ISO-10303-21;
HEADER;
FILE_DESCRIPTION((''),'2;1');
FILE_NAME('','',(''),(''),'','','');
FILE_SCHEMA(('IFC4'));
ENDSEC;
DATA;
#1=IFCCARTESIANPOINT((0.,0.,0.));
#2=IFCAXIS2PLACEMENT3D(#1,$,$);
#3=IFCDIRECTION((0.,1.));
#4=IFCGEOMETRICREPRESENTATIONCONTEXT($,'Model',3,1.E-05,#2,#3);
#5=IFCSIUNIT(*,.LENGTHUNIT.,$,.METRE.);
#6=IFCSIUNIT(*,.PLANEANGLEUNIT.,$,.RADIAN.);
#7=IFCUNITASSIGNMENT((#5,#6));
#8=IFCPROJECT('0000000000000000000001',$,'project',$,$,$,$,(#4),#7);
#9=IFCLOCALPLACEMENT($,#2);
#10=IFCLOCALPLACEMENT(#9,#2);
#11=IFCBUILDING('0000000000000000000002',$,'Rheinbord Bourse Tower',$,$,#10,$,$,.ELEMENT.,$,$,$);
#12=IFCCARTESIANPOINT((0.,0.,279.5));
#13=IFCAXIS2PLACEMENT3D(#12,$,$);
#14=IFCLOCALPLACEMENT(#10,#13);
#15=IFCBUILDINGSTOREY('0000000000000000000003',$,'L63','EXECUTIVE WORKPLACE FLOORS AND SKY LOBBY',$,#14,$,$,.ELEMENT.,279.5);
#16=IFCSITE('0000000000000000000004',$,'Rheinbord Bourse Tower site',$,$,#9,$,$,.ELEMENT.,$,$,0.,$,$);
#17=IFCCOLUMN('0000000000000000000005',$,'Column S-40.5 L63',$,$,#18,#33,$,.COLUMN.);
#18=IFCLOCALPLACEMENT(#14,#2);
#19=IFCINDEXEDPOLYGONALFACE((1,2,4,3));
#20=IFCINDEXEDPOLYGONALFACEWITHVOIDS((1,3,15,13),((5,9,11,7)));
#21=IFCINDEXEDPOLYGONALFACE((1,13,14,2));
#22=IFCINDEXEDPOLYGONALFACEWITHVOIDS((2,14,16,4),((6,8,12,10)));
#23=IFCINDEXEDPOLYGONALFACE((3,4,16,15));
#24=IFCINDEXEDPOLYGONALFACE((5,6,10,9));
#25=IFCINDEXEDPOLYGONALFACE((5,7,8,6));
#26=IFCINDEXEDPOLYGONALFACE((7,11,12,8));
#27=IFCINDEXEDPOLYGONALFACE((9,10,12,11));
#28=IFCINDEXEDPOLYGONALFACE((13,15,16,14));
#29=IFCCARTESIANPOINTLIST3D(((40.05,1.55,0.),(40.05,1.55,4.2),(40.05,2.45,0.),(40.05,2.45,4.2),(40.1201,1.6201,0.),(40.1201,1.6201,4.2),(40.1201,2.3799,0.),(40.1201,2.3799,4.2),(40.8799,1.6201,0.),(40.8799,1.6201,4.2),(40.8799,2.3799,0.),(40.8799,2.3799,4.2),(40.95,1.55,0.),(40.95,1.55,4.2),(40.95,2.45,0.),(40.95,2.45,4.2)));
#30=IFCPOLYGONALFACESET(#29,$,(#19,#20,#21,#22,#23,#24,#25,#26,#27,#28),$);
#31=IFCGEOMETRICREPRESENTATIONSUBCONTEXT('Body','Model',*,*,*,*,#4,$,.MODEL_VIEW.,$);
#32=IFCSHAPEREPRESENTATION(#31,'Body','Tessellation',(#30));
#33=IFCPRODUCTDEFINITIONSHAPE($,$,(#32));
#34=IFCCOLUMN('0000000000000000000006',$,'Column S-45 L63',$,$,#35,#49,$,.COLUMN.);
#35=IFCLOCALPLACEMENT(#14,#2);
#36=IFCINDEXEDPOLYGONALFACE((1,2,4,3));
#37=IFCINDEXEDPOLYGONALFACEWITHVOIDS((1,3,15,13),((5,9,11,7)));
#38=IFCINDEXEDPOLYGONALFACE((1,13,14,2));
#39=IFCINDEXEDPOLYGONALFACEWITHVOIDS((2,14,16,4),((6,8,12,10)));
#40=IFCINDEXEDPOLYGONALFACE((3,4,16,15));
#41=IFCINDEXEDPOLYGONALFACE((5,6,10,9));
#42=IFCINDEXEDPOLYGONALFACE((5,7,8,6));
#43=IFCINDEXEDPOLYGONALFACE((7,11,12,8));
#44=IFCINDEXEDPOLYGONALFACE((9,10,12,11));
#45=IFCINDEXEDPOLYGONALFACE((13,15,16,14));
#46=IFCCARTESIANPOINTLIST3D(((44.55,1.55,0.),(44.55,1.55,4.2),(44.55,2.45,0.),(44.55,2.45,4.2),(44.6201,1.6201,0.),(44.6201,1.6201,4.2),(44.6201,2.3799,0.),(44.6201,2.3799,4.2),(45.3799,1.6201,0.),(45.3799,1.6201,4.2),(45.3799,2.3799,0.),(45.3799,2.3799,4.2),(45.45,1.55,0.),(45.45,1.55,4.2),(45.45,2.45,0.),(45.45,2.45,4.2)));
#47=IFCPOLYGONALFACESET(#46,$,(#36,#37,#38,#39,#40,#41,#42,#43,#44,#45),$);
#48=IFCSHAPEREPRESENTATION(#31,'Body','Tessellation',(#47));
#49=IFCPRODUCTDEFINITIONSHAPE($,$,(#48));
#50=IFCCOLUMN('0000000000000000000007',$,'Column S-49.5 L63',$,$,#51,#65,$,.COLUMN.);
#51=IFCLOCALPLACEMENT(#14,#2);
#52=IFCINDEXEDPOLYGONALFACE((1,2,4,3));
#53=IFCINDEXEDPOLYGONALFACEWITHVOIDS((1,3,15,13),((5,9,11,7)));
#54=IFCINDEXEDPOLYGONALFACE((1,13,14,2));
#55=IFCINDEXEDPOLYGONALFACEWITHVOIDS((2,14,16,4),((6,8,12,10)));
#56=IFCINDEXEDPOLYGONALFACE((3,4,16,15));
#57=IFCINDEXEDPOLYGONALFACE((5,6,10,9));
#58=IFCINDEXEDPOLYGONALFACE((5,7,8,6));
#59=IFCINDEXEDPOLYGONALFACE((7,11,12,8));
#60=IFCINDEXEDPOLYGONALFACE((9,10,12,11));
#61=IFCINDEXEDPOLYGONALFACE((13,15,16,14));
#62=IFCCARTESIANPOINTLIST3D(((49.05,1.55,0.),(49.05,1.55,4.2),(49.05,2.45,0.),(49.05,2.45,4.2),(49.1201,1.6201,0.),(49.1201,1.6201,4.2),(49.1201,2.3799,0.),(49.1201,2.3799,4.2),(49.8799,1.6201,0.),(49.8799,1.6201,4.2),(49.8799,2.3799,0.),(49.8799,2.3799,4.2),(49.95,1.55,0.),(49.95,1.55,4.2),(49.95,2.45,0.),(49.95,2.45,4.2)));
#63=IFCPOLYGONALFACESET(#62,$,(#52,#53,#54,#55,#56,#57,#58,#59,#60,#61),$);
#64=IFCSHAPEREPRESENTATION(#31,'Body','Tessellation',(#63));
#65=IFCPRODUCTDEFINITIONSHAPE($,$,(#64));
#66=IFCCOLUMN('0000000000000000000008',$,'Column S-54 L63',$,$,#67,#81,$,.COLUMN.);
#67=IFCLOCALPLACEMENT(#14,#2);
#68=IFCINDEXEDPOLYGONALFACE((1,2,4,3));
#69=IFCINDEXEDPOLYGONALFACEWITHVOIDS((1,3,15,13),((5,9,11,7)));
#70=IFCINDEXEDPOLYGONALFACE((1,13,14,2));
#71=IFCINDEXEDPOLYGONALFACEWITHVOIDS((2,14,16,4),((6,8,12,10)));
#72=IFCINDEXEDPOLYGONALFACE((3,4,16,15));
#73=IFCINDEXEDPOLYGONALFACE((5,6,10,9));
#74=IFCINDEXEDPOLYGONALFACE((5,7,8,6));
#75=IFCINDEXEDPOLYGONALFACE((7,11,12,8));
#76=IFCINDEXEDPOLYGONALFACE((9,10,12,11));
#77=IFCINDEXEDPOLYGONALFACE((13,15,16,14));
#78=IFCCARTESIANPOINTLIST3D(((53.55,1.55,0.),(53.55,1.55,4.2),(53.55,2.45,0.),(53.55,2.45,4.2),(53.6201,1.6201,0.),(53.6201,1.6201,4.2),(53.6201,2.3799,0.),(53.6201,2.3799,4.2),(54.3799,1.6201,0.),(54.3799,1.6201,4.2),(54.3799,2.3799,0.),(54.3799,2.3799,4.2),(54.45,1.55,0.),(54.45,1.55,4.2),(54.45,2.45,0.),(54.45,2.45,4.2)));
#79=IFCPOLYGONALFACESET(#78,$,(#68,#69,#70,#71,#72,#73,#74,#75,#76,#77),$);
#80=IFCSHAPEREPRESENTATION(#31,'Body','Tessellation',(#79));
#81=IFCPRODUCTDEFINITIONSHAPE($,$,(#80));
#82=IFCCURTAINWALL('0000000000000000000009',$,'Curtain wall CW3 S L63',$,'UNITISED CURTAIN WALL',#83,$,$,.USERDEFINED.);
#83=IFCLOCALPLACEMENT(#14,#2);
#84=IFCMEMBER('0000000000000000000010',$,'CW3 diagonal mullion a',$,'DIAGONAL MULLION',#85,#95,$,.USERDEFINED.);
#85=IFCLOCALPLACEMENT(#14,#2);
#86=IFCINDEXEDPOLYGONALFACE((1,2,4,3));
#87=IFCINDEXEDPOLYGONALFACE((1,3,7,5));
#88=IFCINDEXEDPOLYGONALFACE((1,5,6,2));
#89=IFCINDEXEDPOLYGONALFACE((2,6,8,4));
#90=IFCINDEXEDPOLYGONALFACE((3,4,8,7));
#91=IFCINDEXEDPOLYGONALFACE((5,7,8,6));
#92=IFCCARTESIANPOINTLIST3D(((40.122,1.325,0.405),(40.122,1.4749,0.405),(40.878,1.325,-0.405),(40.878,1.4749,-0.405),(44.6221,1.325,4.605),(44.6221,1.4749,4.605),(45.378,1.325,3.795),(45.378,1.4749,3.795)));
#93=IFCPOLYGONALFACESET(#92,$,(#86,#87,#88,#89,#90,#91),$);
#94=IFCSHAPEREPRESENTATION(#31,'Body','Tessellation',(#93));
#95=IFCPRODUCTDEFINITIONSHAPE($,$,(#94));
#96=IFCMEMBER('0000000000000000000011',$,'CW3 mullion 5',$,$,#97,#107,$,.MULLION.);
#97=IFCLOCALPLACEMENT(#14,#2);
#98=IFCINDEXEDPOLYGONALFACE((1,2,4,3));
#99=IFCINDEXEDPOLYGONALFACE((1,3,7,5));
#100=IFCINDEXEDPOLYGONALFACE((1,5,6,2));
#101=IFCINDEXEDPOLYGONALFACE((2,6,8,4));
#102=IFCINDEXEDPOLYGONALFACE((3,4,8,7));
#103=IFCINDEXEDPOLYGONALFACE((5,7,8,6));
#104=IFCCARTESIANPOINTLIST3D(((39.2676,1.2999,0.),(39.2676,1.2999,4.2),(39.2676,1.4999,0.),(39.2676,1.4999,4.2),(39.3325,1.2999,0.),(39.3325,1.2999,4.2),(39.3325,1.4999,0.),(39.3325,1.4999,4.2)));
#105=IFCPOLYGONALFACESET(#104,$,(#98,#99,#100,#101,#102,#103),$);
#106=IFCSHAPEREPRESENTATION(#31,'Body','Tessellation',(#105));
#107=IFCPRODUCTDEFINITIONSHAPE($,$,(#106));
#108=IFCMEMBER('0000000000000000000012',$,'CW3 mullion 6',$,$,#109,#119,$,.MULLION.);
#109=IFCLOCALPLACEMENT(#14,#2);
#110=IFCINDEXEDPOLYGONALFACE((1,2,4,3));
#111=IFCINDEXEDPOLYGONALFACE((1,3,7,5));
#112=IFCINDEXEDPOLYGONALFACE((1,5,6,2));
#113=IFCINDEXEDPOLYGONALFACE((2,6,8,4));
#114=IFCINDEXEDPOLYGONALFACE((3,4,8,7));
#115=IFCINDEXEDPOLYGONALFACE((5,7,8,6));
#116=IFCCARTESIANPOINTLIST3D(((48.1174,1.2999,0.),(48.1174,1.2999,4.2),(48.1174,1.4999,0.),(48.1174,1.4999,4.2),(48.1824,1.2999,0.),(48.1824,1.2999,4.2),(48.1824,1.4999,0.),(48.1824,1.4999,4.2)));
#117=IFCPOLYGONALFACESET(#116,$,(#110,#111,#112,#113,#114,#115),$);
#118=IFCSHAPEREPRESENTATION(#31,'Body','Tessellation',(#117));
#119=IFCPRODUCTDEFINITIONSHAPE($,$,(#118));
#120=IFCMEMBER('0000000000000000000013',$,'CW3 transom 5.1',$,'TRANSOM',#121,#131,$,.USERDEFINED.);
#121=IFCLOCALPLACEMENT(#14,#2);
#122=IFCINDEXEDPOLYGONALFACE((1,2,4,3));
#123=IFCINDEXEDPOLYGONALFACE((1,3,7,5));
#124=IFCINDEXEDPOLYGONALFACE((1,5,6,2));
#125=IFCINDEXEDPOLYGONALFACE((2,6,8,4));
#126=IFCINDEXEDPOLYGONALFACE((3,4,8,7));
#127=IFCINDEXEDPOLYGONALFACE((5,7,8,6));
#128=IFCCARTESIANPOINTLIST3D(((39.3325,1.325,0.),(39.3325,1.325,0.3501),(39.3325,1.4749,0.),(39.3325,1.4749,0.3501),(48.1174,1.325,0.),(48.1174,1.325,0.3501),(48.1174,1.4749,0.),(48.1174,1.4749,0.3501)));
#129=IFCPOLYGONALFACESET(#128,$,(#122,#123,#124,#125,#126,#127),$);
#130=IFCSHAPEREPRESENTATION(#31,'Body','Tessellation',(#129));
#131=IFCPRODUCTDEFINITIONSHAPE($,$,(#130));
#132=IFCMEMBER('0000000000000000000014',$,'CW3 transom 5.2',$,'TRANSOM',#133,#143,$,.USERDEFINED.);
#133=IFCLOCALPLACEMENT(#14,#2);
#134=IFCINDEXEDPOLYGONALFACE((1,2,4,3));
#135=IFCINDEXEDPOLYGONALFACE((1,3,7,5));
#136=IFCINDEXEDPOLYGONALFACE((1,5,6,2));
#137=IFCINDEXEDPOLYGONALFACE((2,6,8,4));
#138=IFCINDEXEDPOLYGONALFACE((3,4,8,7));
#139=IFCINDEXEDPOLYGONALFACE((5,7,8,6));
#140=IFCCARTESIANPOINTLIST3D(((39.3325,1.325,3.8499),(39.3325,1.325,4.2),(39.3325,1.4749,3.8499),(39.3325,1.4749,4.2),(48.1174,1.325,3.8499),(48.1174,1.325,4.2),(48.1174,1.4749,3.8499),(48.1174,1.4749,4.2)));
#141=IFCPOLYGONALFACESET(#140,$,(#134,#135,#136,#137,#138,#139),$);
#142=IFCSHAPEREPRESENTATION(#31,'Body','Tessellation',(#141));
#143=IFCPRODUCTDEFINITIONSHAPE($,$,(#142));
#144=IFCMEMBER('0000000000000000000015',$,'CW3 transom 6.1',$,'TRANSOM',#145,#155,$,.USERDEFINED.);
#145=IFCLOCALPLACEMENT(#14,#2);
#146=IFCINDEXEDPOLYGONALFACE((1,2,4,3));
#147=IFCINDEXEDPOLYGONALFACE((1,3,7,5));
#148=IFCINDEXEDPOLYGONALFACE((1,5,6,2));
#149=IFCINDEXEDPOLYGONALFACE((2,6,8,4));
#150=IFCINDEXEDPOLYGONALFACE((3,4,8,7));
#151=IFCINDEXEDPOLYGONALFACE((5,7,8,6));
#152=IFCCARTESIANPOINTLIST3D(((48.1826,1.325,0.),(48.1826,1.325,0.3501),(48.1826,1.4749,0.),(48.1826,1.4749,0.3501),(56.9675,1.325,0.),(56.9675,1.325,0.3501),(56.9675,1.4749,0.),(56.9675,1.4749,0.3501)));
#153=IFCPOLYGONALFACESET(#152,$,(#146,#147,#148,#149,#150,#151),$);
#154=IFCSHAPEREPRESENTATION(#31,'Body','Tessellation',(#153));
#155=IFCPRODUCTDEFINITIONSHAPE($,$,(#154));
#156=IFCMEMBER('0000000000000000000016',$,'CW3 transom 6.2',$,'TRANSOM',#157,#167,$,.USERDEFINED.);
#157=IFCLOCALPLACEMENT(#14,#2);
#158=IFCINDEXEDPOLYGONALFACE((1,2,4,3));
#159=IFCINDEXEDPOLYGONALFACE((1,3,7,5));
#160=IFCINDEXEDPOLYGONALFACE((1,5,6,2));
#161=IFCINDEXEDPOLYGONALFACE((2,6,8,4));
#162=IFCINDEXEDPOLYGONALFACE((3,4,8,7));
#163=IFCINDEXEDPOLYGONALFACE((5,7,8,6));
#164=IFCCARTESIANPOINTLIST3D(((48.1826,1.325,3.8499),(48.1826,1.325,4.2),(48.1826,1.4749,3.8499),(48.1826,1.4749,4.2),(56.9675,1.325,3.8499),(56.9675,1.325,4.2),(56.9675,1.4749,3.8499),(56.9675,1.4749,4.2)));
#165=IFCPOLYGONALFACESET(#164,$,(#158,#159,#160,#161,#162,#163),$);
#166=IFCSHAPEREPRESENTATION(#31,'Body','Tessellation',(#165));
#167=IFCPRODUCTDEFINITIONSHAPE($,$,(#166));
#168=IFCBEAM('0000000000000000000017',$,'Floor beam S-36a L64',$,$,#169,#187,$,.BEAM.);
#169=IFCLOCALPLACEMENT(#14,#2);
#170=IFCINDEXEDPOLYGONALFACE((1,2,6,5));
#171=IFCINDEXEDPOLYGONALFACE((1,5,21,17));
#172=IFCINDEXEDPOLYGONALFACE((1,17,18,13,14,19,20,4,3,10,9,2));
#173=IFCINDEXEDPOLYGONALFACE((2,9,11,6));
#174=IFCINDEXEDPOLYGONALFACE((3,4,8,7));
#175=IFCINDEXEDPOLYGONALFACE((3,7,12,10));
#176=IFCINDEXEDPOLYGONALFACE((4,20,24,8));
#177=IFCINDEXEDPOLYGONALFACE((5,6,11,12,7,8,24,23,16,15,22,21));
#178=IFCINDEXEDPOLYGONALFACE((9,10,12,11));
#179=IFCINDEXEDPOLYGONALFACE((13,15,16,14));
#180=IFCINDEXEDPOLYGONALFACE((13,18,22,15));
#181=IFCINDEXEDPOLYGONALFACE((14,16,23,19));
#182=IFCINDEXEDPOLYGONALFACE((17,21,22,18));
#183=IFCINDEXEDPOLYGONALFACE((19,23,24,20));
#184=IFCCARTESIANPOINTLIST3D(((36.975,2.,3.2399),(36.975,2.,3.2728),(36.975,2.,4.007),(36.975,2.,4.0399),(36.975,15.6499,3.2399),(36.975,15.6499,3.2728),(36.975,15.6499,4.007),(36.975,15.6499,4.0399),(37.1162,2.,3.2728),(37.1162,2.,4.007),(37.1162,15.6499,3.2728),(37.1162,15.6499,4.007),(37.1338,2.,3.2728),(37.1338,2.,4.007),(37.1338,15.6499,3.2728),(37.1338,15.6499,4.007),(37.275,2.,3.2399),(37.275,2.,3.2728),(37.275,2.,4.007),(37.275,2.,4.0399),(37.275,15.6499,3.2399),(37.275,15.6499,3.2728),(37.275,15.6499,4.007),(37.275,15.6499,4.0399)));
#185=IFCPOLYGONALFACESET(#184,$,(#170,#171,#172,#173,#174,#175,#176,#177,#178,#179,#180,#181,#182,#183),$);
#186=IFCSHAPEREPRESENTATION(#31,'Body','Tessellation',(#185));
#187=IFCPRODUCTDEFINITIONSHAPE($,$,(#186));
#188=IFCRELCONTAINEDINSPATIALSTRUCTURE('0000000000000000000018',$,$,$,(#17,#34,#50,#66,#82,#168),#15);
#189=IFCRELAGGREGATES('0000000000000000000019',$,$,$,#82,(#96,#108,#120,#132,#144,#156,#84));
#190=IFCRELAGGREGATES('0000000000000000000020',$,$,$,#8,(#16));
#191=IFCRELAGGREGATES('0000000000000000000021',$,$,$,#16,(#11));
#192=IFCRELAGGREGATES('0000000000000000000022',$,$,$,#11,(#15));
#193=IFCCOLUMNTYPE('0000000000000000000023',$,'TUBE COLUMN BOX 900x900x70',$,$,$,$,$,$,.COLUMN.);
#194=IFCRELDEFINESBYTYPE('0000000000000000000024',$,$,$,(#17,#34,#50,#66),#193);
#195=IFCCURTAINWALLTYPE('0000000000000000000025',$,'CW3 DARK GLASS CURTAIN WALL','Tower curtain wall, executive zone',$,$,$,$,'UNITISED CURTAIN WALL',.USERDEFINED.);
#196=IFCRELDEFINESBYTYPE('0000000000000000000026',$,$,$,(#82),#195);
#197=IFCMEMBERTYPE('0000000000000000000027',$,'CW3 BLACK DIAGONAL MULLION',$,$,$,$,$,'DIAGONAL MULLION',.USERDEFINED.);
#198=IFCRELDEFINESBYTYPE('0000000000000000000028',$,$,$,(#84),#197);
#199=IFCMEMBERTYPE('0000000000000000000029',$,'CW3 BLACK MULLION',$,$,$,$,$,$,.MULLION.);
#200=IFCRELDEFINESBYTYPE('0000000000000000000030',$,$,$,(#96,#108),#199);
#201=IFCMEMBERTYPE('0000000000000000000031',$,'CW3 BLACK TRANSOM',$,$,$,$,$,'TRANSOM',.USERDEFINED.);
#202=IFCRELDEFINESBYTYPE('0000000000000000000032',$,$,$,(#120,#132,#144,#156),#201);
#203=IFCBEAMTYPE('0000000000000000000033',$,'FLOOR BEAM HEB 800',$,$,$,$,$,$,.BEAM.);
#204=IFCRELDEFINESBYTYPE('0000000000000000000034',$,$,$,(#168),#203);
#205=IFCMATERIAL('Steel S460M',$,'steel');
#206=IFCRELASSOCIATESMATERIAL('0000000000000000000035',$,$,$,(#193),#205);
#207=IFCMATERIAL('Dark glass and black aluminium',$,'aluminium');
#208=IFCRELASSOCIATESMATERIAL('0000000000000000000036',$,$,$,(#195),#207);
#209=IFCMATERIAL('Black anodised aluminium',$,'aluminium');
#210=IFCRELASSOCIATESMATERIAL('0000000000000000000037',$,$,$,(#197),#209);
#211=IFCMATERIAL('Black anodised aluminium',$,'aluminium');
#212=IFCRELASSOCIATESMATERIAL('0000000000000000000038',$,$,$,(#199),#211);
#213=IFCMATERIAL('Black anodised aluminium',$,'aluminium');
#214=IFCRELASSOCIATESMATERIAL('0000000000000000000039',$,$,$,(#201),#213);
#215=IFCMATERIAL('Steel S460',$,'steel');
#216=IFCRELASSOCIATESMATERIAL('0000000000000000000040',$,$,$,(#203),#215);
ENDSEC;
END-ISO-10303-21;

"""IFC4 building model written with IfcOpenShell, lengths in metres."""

from ifc_helpers import new_model, si_unit, direction, frame, origin, origin_2d, place, context, subcontext, project, spatial, rectangle, hollow_rectangle, i_section, extrude, material, material_profile, profile_set, type_object, element, aggregate, save


model = new_model("IFC4")

# Units and contexts
model_context = context("Model", 3, precision=1e-05, world=origin(), true_north=direction((0.0, 1.0)))
body_context = subcontext(model_context, "Body", "Model", "MODEL_VIEW")
ifc_project = project(units=[si_unit("LENGTHUNIT", "METRE"), si_unit("PLANEANGLEUNIT", "RADIAN")], contexts=[model_context])

# Site, building, storey
site_placement = place(None, origin())
site = spatial("IfcSite", under=ifc_project, at=site_placement, Name="Rheinbord Bourse Tower site", CompositionType="ELEMENT", RefElevation=0.0)
building_placement = place(site_placement, origin())
building = spatial("IfcBuilding", under=site, at=building_placement, Name="Rheinbord Bourse Tower", CompositionType="ELEMENT")
storey_placement = place(building_placement, frame((0.0, 0.0, 279.5)))
storey = spatial("IfcBuildingStorey", under=building, at=storey_placement, Name="L63", Description="EXECUTIVE WORKPLACE FLOORS AND SKY LOBBY", CompositionType="ELEMENT", Elevation=279.5)

# Columns
ifc_material_1 = material(Name="Steel S460M", Category="steel")
ifc_material_profile_1 = material_profile(ifc_material_1, hollow_rectangle(XDim=0.8999, YDim=0.8999, WallThickness=0.0701, at=origin_2d()), Name="BOX 900x900x70")
ifc_profile_set_1 = profile_set([ifc_material_profile_1], Name="Steel S460M")
column_type = type_object("IfcColumnType", Name="TUBE COLUMN BOX 900x900x70", PredefinedType="COLUMN", material=ifc_profile_set_1)
for number, where, z_axis, x_axis, name in (
    (1, (40.5, 2.0, 0.0), (0.0, 0.0, 1.0), (0.0, 1.0, 0.0), "Column S-40.5 L63"),
    (2, (45.0, 2.0, 0.0), (0.0, 0.0, 1.0), (0.0, 1.0, 0.0), "Column S-45 L63"),
    (3, (49.5, 2.0, 0.0), (0.0, 0.0, 1.0), (0.0, 1.0, 0.0), "Column S-49.5 L63"),
    (4, (54.0, 2.0, 0.0), (0.0, 0.0, 1.0), (0.0, 1.0, 0.0), "Column S-54 L63"),
):
    element("IfcColumn", number, at=place(storey_placement, frame(where, z_axis=z_axis, x_axis=x_axis)), inside=storey, type_object=column_type, Name=name, PredefinedType="COLUMN", context=body_context, shape_type="SweptSolid", body=[
        extrude(hollow_rectangle(XDim=0.8999, YDim=0.8999, WallThickness=0.0701, at=origin_2d()), origin(), (0.0, 0.0, 1.0), 4.2),
    ])

# Curtain wall, members
ifc_material_2 = material(Name="Dark glass and black aluminium", Category="aluminium")
curtain_wall_type = type_object("IfcCurtainWallType", Name="CW3 DARK GLASS CURTAIN WALL", Description="Tower curtain wall, executive zone", ElementType="UNITISED CURTAIN WALL", PredefinedType="USERDEFINED", material=ifc_material_2)
curtain_wall_placement = place(storey_placement, origin())
curtain_wall = element("IfcCurtainWall", 5, at=curtain_wall_placement, inside=storey, type_object=curtain_wall_type, Name="Curtain wall CW3 S L63", ObjectType="UNITISED CURTAIN WALL", PredefinedType="USERDEFINED")
ifc_material_3 = material(Name="Black anodised aluminium", Category="aluminium")
ifc_material_profile_2 = material_profile(ifc_material_3, rectangle(XDim=0.1499, YDim=1.1079, at=origin_2d()), Name="CW3 DIAGONAL MULLION 1108x150")
ifc_profile_set_2 = profile_set([ifc_material_profile_2], Name="Black anodised aluminium")
member_type_1 = type_object("IfcMemberType", Name="CW3 BLACK DIAGONAL MULLION", ElementType="DIAGONAL MULLION", PredefinedType="USERDEFINED", material=ifc_profile_set_2)
member_1_placement = place(storey_placement, frame((40.5, 1.3999, 0.0), z_axis=(0.731059, 0.0, 0.682314), x_axis=(0.0, 1.0, 0.0)))
member_1 = element("IfcMember", 6, at=member_1_placement, type_object=member_type_1, Name="CW3 diagonal mullion a", ObjectType="DIAGONAL MULLION", PredefinedType="USERDEFINED", context=body_context, shape_type="SweptSolid", body=[
    extrude(rectangle(XDim=0.1499, YDim=1.1079, at=origin_2d()), origin(), (0.0, 0.0, 1.0), 6.1555),
])
ifc_material_4 = material(Name="Black anodised aluminium", Category="aluminium")
ifc_material_profile_3 = material_profile(ifc_material_4, rectangle(XDim=0.2, YDim=0.0649, at=origin_2d()), Name="CW3 MULLION 65x200")
ifc_profile_set_3 = profile_set([ifc_material_profile_3], Name="Black anodised aluminium")
member_type_2 = type_object("IfcMemberType", Name="CW3 BLACK MULLION", PredefinedType="MULLION", material=ifc_profile_set_3)
member_2_placement = place(storey_placement, frame((39.3, 1.3999, 0.0), z_axis=(0.0, 0.0, 1.0), x_axis=(0.0, 1.0, 0.0)))
member_2 = element("IfcMember", 7, at=member_2_placement, type_object=member_type_2, Name="CW3 mullion 5", PredefinedType="MULLION", context=body_context, shape_type="SweptSolid", body=[
    extrude(rectangle(XDim=0.2, YDim=0.0649, at=origin_2d()), origin(), (0.0, 0.0, 1.0), 4.2),
])
member_3_placement = place(storey_placement, frame((48.1499, 1.3999, 0.0), z_axis=(0.0, 0.0, 1.0), x_axis=(0.0, 1.0, 0.0)))
member_3 = element("IfcMember", 8, at=member_3_placement, type_object=member_type_2, Name="CW3 mullion 6", PredefinedType="MULLION", context=body_context, shape_type="SweptSolid", body=[
    extrude(rectangle(XDim=0.2, YDim=0.0649, at=origin_2d()), origin(), (0.0, 0.0, 1.0), 4.2),
])
ifc_material_5 = material(Name="Black anodised aluminium", Category="aluminium")
ifc_material_profile_4 = material_profile(ifc_material_5, rectangle(XDim=0.1499, YDim=0.3501, at=origin_2d()), Name="CW3 TRANSOM 350x150")
ifc_profile_set_4 = profile_set([ifc_material_profile_4], Name="Black anodised aluminium")
member_type_3 = type_object("IfcMemberType", Name="CW3 BLACK TRANSOM", ElementType="TRANSOM", PredefinedType="USERDEFINED", material=ifc_profile_set_4)
member_4_placement = place(storey_placement, frame((39.3325, 1.3999, 0.175), z_axis=(1.0, 0.0, 0.0), x_axis=(0.0, 1.0, 0.0)))
member_4 = element("IfcMember", 9, at=member_4_placement, type_object=member_type_3, Name="CW3 transom 5.1", ObjectType="TRANSOM", PredefinedType="USERDEFINED", context=body_context, shape_type="SweptSolid", body=[
    extrude(rectangle(XDim=0.1499, YDim=0.3501, at=origin_2d()), origin(), (0.0, 0.0, 1.0), 8.7849),
])
member_5_placement = place(storey_placement, frame((39.3325, 1.3999, 4.0249), z_axis=(1.0, 0.0, 0.0), x_axis=(0.0, 1.0, 0.0)))
member_5 = element("IfcMember", 10, at=member_5_placement, type_object=member_type_3, Name="CW3 transom 5.2", ObjectType="TRANSOM", PredefinedType="USERDEFINED", context=body_context, shape_type="SweptSolid", body=[
    extrude(rectangle(XDim=0.1499, YDim=0.3501, at=origin_2d()), origin(), (0.0, 0.0, 1.0), 8.7849),
])
member_6_placement = place(storey_placement, frame((48.1826, 1.3999, 0.175), z_axis=(1.0, 0.0, 0.0), x_axis=(0.0, 1.0, 0.0)))
member_6 = element("IfcMember", 11, at=member_6_placement, type_object=member_type_3, Name="CW3 transom 6.1", ObjectType="TRANSOM", PredefinedType="USERDEFINED", context=body_context, shape_type="SweptSolid", body=[
    extrude(rectangle(XDim=0.1499, YDim=0.3501, at=origin_2d()), origin(), (0.0, 0.0, 1.0), 8.7849),
])
member_7_placement = place(storey_placement, frame((48.1826, 1.3999, 4.0249), z_axis=(1.0, 0.0, 0.0), x_axis=(0.0, 1.0, 0.0)))
member_7 = element("IfcMember", 12, at=member_7_placement, type_object=member_type_3, Name="CW3 transom 6.2", ObjectType="TRANSOM", PredefinedType="USERDEFINED", context=body_context, shape_type="SweptSolid", body=[
    extrude(rectangle(XDim=0.1499, YDim=0.3501, at=origin_2d()), origin(), (0.0, 0.0, 1.0), 8.7849),
])

# Beam
ifc_material_6 = material(Name="Steel S460", Category="steel")
ifc_material_profile_5 = material_profile(ifc_material_6, i_section(OverallWidth=0.3, OverallDepth=0.8, WebThickness=0.0176, FlangeThickness=0.033, at=origin_2d()), Name="HEB 800")
ifc_profile_set_5 = profile_set([ifc_material_profile_5], Name="Steel S460")
beam_type_1 = type_object("IfcBeamType", Name="FLOOR BEAM HEB 800", PredefinedType="BEAM", material=ifc_profile_set_5)
for number, where, z_axis, x_axis, name in (
    (13, (37.125, 2.0, 3.6399), (0.0, 1.0, 0.0), (-1.0, 0.0, 0.0), "Floor beam S-36a L64"),
):
    element("IfcBeam", number, at=place(storey_placement, frame(where, z_axis=z_axis, x_axis=x_axis)), inside=storey, type_object=beam_type_1, Name=name, PredefinedType="BEAM", context=body_context, shape_type="SweptSolid", body=[
        extrude(i_section(OverallWidth=0.3, OverallDepth=0.8, WebThickness=0.0176, FlangeThickness=0.033, at=origin_2d()), origin(), (0.0, 0.0, 1.0), 13.6499),
    ])

aggregate(curtain_wall, [member_2, member_3, member_4, member_5, member_6, member_7, member_1])

save(model, "model.ifc")
